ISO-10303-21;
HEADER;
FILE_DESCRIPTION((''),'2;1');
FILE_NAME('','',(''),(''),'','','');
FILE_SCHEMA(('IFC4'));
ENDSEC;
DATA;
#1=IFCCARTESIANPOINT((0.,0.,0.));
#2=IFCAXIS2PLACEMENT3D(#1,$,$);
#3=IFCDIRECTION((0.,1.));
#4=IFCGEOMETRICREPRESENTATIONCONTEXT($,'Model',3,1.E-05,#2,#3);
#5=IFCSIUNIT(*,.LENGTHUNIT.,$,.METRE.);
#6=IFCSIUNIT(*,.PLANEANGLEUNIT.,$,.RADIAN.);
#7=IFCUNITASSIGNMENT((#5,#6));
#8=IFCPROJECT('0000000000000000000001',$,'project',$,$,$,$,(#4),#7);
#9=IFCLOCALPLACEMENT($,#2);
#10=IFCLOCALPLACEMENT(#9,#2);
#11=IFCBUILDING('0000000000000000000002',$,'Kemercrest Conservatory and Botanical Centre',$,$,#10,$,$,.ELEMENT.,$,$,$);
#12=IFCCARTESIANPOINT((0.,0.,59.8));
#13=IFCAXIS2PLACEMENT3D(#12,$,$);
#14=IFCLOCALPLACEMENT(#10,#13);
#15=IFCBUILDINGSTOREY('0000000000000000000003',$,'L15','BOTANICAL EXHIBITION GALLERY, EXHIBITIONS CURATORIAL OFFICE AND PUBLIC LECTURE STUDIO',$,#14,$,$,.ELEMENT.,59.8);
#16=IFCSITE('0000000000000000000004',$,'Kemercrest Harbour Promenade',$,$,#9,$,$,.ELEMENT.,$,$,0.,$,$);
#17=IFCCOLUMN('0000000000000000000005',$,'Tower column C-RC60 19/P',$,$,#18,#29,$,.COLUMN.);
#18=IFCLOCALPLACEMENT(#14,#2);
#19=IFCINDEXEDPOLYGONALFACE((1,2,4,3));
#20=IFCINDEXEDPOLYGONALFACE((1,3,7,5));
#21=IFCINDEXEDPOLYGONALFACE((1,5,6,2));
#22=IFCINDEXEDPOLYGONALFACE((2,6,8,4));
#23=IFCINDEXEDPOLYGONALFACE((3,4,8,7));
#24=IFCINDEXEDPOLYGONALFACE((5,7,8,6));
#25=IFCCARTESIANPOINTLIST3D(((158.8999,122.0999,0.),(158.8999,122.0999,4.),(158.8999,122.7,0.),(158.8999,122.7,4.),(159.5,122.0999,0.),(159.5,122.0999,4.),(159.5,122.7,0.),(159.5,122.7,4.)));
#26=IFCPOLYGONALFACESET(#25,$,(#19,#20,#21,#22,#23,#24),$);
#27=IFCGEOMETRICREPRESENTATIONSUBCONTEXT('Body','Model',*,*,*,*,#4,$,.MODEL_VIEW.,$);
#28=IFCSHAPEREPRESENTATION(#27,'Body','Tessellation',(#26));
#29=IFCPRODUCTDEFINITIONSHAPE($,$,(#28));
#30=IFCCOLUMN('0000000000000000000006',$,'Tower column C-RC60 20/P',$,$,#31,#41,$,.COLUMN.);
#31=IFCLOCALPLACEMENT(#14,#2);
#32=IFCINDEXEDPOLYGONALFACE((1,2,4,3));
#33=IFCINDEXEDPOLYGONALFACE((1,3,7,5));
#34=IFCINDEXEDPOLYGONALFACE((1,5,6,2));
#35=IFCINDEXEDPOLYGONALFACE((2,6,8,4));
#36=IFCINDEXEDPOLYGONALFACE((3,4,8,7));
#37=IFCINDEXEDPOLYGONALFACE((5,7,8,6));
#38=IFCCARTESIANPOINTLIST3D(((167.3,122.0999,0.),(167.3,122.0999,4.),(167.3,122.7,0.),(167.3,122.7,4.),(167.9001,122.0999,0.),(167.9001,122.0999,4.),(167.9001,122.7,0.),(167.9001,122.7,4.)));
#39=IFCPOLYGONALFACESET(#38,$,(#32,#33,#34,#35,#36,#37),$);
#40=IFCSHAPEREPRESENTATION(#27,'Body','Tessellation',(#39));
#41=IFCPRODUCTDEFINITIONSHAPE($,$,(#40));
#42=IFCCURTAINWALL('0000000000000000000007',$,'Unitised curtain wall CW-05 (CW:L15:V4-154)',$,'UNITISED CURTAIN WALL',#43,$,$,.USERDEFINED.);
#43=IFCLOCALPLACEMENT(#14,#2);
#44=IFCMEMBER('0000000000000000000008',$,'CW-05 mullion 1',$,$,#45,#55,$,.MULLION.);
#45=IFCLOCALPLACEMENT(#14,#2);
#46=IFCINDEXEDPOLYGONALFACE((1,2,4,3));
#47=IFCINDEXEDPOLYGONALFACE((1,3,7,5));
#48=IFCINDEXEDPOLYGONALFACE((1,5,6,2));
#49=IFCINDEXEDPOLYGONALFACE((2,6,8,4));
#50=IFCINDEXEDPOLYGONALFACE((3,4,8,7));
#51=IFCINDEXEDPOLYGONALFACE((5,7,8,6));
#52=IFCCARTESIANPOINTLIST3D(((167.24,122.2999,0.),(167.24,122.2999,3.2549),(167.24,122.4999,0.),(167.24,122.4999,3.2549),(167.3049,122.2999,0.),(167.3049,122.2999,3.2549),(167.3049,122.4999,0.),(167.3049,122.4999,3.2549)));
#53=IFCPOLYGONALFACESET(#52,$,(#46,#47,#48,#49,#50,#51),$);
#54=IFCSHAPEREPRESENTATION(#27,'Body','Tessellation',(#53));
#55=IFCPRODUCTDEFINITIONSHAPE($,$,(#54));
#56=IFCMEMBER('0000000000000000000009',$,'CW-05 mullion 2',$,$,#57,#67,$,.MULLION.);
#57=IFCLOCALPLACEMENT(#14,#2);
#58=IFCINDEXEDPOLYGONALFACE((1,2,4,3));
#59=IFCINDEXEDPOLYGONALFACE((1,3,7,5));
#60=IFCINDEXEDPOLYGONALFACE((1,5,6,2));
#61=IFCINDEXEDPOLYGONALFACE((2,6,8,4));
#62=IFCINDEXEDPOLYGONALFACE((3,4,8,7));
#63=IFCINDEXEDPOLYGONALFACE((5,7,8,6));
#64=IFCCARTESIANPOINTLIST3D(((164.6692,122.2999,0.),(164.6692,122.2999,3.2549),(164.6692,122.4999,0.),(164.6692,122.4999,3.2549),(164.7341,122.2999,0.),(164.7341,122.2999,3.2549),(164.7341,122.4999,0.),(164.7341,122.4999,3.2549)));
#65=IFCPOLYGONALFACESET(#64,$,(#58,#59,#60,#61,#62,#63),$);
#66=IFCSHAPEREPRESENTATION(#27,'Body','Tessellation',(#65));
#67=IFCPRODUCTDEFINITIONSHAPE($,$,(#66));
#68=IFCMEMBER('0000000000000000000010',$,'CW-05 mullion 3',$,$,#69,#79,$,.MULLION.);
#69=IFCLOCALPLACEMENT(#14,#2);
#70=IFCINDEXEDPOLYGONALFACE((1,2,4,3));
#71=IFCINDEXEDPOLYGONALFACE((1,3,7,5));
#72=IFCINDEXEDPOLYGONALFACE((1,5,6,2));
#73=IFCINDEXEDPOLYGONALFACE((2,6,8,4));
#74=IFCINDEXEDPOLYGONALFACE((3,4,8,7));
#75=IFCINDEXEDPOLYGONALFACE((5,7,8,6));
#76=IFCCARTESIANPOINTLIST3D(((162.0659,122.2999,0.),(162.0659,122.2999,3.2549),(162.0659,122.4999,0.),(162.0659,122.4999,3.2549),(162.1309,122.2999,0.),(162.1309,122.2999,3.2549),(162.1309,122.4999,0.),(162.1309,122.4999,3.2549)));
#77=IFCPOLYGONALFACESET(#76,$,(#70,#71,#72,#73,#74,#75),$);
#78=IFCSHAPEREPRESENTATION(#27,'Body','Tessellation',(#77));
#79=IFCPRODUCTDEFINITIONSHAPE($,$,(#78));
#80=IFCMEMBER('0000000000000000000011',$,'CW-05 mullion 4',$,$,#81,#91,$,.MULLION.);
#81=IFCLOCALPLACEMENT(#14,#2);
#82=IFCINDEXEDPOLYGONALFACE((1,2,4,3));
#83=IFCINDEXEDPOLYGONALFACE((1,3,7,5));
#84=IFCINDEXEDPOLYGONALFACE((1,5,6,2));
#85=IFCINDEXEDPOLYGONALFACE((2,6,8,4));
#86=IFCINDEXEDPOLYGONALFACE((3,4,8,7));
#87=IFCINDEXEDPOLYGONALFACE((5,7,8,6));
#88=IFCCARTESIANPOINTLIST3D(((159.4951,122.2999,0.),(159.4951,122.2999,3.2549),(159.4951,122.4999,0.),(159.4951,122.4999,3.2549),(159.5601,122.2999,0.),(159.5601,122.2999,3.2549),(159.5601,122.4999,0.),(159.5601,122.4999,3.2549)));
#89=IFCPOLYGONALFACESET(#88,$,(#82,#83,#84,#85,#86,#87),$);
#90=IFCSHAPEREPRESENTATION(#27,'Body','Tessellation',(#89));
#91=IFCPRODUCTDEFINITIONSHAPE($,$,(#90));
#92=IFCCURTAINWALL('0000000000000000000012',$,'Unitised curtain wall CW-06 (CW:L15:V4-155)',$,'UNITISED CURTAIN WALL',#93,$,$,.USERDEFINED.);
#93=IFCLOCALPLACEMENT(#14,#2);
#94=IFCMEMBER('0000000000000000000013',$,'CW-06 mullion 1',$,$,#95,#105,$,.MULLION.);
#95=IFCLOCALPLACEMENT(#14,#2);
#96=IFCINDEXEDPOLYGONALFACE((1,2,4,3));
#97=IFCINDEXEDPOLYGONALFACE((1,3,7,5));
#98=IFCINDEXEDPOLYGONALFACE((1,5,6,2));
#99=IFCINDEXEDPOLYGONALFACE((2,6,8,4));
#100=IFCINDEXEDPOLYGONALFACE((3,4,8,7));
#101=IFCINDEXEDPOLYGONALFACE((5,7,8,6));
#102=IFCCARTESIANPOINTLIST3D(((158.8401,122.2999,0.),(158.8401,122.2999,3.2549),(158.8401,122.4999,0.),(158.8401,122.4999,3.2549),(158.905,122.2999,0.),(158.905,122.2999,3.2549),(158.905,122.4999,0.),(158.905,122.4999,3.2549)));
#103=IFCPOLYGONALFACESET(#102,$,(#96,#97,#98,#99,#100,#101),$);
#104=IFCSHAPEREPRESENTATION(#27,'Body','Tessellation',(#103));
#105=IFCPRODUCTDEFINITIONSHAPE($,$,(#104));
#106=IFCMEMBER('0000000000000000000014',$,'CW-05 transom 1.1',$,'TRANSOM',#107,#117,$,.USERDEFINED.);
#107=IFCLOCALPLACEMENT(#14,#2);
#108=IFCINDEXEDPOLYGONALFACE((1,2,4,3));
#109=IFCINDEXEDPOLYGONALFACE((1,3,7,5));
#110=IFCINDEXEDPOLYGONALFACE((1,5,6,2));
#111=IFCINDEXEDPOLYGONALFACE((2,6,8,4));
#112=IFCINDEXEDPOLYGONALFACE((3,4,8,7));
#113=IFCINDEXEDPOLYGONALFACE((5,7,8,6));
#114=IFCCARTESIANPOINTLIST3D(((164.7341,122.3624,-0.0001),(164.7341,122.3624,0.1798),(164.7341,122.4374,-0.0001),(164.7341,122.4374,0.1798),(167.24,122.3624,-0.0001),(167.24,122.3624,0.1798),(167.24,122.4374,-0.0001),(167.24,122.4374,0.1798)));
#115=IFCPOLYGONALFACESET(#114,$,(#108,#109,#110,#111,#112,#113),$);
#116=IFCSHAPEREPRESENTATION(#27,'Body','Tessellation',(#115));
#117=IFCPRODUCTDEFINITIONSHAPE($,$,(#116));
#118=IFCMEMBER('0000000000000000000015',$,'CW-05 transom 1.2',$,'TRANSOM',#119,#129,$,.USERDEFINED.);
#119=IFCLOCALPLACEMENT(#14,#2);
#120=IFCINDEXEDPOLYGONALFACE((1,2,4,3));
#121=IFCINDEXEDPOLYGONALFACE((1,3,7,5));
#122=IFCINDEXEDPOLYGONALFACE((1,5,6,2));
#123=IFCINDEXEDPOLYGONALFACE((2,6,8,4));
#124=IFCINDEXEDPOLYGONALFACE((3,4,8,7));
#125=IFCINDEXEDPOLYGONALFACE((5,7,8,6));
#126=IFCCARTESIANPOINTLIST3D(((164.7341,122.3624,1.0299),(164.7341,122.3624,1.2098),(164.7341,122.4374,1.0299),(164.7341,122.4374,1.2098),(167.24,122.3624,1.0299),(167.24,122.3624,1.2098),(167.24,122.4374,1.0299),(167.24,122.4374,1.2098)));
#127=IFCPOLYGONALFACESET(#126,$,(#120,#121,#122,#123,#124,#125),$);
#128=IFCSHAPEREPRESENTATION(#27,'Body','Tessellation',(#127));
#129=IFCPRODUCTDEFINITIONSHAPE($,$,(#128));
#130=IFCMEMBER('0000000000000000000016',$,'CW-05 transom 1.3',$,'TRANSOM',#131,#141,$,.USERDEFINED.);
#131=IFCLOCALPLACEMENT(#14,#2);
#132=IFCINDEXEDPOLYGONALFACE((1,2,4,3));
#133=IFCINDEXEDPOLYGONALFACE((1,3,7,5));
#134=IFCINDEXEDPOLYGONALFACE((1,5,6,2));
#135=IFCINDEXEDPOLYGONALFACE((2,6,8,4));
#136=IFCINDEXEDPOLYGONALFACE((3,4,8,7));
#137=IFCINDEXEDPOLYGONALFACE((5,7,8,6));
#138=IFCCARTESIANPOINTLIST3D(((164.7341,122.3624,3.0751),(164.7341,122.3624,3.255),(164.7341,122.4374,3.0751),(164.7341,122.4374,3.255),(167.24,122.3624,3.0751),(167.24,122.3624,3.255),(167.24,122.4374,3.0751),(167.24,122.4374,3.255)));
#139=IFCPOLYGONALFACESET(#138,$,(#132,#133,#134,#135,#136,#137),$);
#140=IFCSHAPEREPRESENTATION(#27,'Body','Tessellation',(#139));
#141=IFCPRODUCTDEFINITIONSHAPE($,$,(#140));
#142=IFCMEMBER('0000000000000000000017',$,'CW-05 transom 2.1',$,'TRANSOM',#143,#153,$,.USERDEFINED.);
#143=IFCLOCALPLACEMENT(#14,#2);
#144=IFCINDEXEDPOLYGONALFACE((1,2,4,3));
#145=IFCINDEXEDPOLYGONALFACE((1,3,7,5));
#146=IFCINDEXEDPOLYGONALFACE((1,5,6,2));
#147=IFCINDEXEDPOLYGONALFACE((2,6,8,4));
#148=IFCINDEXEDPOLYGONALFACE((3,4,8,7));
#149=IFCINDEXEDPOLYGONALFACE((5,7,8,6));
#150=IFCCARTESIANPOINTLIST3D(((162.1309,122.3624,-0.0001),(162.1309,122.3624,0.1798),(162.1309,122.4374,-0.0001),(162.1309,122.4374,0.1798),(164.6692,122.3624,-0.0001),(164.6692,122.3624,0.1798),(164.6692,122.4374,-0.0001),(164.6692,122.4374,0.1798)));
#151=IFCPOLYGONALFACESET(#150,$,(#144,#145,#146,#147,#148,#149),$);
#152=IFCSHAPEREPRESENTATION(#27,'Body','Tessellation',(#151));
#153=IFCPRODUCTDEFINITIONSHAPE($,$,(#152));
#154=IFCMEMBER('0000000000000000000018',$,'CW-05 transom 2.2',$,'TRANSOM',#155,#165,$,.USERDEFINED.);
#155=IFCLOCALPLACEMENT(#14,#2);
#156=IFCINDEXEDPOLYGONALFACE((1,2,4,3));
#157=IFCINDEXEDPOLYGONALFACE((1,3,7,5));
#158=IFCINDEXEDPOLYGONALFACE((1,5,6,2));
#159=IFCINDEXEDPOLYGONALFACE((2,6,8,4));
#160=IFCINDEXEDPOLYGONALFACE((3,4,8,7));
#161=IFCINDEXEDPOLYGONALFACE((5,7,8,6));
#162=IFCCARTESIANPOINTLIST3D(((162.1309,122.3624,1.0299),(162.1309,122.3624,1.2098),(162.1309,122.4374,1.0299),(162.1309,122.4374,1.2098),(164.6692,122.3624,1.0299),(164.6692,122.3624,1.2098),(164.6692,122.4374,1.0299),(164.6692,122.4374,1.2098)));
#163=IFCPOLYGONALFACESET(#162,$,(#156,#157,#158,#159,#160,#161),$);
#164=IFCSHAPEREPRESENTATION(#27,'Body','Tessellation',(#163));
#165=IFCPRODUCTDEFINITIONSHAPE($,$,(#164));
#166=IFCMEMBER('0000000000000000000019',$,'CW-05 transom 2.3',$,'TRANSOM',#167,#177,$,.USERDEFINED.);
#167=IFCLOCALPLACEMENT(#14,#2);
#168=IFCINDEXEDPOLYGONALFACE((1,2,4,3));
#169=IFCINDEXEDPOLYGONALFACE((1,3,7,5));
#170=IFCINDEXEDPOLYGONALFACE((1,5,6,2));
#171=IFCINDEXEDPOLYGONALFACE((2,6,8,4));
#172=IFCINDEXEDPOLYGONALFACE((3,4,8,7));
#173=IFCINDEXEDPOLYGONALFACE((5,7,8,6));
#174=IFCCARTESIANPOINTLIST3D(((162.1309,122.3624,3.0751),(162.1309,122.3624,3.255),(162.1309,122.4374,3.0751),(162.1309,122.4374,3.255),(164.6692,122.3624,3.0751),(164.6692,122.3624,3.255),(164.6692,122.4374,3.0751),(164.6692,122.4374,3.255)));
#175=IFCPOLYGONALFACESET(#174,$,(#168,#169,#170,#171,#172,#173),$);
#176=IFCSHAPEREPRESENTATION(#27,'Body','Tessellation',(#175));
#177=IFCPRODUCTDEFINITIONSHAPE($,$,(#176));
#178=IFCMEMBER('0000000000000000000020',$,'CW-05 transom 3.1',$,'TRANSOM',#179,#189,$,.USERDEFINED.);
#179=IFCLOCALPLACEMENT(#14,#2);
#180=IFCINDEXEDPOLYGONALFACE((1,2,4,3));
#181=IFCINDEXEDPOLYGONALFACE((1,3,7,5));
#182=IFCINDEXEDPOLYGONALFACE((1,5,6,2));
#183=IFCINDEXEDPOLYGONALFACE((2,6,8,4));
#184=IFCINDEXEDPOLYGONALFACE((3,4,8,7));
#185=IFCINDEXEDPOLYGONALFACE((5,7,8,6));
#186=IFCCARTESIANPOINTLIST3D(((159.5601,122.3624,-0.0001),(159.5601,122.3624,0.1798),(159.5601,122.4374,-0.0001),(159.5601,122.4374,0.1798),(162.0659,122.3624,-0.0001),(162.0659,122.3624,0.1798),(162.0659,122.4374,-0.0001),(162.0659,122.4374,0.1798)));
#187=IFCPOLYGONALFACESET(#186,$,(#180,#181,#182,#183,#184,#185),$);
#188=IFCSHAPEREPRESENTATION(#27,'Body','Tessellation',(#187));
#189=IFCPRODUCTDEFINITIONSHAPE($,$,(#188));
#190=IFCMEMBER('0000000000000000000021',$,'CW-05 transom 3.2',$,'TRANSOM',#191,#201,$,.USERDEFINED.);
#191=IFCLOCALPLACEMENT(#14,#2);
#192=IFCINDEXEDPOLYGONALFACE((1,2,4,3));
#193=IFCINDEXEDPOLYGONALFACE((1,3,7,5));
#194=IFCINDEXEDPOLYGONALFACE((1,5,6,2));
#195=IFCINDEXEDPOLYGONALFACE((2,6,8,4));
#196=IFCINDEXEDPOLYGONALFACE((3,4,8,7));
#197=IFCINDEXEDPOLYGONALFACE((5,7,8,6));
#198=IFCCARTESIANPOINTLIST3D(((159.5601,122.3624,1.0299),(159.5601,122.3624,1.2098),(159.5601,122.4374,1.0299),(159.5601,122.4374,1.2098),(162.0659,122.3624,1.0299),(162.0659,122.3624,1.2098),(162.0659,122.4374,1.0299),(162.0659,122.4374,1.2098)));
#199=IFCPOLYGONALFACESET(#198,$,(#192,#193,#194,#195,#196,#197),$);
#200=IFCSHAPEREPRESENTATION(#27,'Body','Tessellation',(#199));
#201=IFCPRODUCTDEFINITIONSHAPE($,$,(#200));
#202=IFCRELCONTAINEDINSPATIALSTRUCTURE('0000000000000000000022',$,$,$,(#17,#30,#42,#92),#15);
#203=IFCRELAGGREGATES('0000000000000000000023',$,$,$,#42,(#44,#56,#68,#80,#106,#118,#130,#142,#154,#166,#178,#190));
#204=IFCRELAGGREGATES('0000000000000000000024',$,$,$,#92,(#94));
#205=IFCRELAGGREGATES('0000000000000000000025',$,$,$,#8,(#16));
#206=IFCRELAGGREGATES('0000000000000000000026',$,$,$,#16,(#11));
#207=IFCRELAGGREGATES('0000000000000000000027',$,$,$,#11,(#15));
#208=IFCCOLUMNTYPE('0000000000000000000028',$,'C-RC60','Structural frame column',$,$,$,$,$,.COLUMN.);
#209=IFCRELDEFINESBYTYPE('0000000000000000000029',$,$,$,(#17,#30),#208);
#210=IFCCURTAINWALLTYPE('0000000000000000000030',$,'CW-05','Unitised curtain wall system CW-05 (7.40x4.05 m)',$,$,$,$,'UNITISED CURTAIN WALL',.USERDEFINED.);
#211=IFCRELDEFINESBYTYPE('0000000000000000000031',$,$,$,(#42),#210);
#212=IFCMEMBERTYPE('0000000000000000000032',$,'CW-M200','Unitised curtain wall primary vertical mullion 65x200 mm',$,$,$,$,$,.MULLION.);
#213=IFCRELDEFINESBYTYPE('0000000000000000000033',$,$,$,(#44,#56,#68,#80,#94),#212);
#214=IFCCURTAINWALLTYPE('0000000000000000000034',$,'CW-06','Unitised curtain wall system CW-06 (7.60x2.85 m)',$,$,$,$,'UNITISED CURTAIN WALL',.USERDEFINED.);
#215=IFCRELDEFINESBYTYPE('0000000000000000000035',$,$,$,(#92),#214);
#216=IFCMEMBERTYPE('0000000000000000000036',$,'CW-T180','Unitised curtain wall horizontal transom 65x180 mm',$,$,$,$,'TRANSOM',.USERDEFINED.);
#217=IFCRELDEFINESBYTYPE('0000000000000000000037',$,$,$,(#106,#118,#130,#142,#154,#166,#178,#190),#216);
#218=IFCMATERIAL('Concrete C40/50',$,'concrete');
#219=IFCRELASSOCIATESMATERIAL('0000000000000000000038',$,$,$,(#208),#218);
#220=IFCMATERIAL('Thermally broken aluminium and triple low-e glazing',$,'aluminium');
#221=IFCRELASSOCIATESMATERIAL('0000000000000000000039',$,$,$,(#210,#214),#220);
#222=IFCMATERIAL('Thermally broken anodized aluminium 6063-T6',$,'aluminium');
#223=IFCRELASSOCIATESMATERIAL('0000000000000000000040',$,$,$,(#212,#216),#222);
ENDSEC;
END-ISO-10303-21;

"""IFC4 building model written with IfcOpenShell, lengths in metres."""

from ifc_helpers import new_model, si_unit, direction, frame, origin, origin_2d, place, context, subcontext, project, spatial, rectangle, extrude, material, material_profile, profile_set, type_object, element, aggregate, save


model = new_model("IFC4")

# Units and contexts
model_context = context("Model", 3, precision=1e-05, world=origin(), true_north=direction((0.0, 1.0)))
body_context = subcontext(model_context, "Body", "Model", "MODEL_VIEW")
ifc_project = project(units=[si_unit("LENGTHUNIT", "METRE"), si_unit("PLANEANGLEUNIT", "RADIAN")], contexts=[model_context])

# Site, building, storey
site_placement = place(None, origin())
site = spatial("IfcSite", under=ifc_project, at=site_placement, Name="Kemercrest Harbour Promenade", CompositionType="ELEMENT", RefElevation=0.0)
building_placement = place(site_placement, origin())
building = spatial("IfcBuilding", under=site, at=building_placement, Name="Kemercrest Conservatory and Botanical Centre", CompositionType="ELEMENT")
storey_placement = place(building_placement, frame((0.0, 0.0, 59.8)))
storey = spatial("IfcBuildingStorey", under=building, at=storey_placement, Name="L15", Description="BOTANICAL EXHIBITION GALLERY, EXHIBITIONS CURATORIAL OFFICE AND PUBLIC LECTURE STUDIO", CompositionType="ELEMENT", Elevation=59.8)

# Columns
ifc_material_1 = material(Name="Concrete C40/50", Category="concrete")
ifc_material_profile_1 = material_profile(ifc_material_1, rectangle(XDim=0.6001, YDim=0.6001, at=origin_2d()), Name="RC 600x600")
ifc_profile_set_1 = profile_set([ifc_material_profile_1], Name="Concrete C40/50")
column_type = type_object("IfcColumnType", Name="C-RC60", Description="Structural frame column", PredefinedType="COLUMN", material=ifc_profile_set_1)
for number, where, z_axis, x_axis, name in (
    (1, (159.2, 122.3999, 0.0), (0.0, 0.0, 1.0), (1.0, 0.0, 0.0), "Tower column C-RC60 19/P"),
    (2, (167.6001, 122.3999, 0.0), (0.0, 0.0, 1.0), (1.0, 0.0, 0.0), "Tower column C-RC60 20/P"),
):
    element("IfcColumn", number, at=place(storey_placement, frame(where, z_axis=z_axis, x_axis=x_axis)), inside=storey, type_object=column_type, Name=name, PredefinedType="COLUMN", context=body_context, shape_type="SweptSolid", body=[
        extrude(rectangle(XDim=0.6001, YDim=0.6001, at=origin_2d()), origin(), (0.0, 0.0, 1.0), 4.0),
    ])

# Curtain wall, members
ifc_material_2 = material(Name="Thermally broken aluminium and triple low-e glazing", Category="aluminium")
curtain_wall_type_1 = type_object("IfcCurtainWallType", Name="CW-05", Description="Unitised curtain wall system CW-05 (7.40x4.05 m)", ElementType="UNITISED CURTAIN WALL", PredefinedType="USERDEFINED", material=ifc_material_2)
curtain_wall_1_placement = place(storey_placement, origin())
curtain_wall_1 = element("IfcCurtainWall", 3, at=curtain_wall_1_placement, inside=storey, type_object=curtain_wall_type_1, Name="Unitised curtain wall CW-05 (CW:L15:V4-154)", ObjectType="UNITISED CURTAIN WALL", PredefinedType="USERDEFINED")
ifc_material_3 = material(Name="Thermally broken anodized aluminium 6063-T6", Category="aluminium")
ifc_material_profile_2 = material_profile(ifc_material_3, rectangle(XDim=0.2, YDim=0.0649, at=origin_2d()), Name="AL MULLION 65x200")
ifc_profile_set_2 = profile_set([ifc_material_profile_2], Name="Thermally broken anodized aluminium 6063-T6")
member_type_1 = type_object("IfcMemberType", Name="CW-M200", Description="Unitised curtain wall primary vertical mullion 65x200 mm", PredefinedType="MULLION", material=ifc_profile_set_2)
member_1_placement = place(storey_placement, frame((167.2725, 122.3999, 0.0), z_axis=(0.0, 0.0, 1.0), x_axis=(0.0, -1.0, 0.0)))
member_1 = element("IfcMember", 4, at=member_1_placement, type_object=member_type_1, Name="CW-05 mullion 1", PredefinedType="MULLION", context=body_context, shape_type="SweptSolid", body=[
    extrude(rectangle(XDim=0.2, YDim=0.0649, at=origin_2d()), origin(), (0.0, 0.0, 1.0), 3.2549),
])
member_2_placement = place(storey_placement, frame((164.7017, 122.3999, 0.0), z_axis=(0.0, 0.0, 1.0), x_axis=(0.0, -1.0, 0.0)))
member_2 = element("IfcMember", 5, at=member_2_placement, type_object=member_type_1, Name="CW-05 mullion 2", PredefinedType="MULLION", context=body_context, shape_type="SweptSolid", body=[
    extrude(rectangle(XDim=0.2, YDim=0.0649, at=origin_2d()), origin(), (0.0, 0.0, 1.0), 3.2549),
])
member_3_placement = place(storey_placement, frame((162.0984, 122.3999, 0.0), z_axis=(0.0, 0.0, 1.0), x_axis=(0.0, -1.0, 0.0)))
member_3 = element("IfcMember", 6, at=member_3_placement, type_object=member_type_1, Name="CW-05 mullion 3", PredefinedType="MULLION", context=body_context, shape_type="SweptSolid", body=[
    extrude(rectangle(XDim=0.2, YDim=0.0649, at=origin_2d()), origin(), (0.0, 0.0, 1.0), 3.2549),
])
member_4_placement = place(storey_placement, frame((159.5276, 122.3999, 0.0), z_axis=(0.0, 0.0, 1.0), x_axis=(0.0, -1.0, 0.0)))
member_4 = element("IfcMember", 7, at=member_4_placement, type_object=member_type_1, Name="CW-05 mullion 4", PredefinedType="MULLION", context=body_context, shape_type="SweptSolid", body=[
    extrude(rectangle(XDim=0.2, YDim=0.0649, at=origin_2d()), origin(), (0.0, 0.0, 1.0), 3.2549),
])

# Curtain wall, member
curtain_wall_type_2 = type_object("IfcCurtainWallType", Name="CW-06", Description="Unitised curtain wall system CW-06 (7.60x2.85 m)", ElementType="UNITISED CURTAIN WALL", PredefinedType="USERDEFINED", material=ifc_material_2)
curtain_wall_2_placement = place(storey_placement, origin())
curtain_wall_2 = element("IfcCurtainWall", 8, at=curtain_wall_2_placement, inside=storey, type_object=curtain_wall_type_2, Name="Unitised curtain wall CW-06 (CW:L15:V4-155)", ObjectType="UNITISED CURTAIN WALL", PredefinedType="USERDEFINED")
member_5_placement = place(storey_placement, frame((158.8726, 122.3999, 0.0), z_axis=(0.0, 0.0, 1.0), x_axis=(0.0, -1.0, 0.0)))
member_5 = element("IfcMember", 9, at=member_5_placement, type_object=member_type_1, Name="CW-06 mullion 1", PredefinedType="MULLION", context=body_context, shape_type="SweptSolid", body=[
    extrude(rectangle(XDim=0.2, YDim=0.0649, at=origin_2d()), origin(), (0.0, 0.0, 1.0), 3.2549),
])

# Members
ifc_material_profile_3 = material_profile(ifc_material_3, rectangle(XDim=0.075, YDim=0.1799, at=origin_2d()), Name="AL TRANSOM 75x180")
ifc_profile_set_3 = profile_set([ifc_material_profile_3], Name="Thermally broken anodized aluminium 6063-T6")
member_type_2 = type_object("IfcMemberType", Name="CW-T180", Description="Unitised curtain wall horizontal transom 65x180 mm", ElementType="TRANSOM", PredefinedType="USERDEFINED", material=ifc_profile_set_3)
member_6_placement = place(storey_placement, frame((167.24, 122.3999, 0.0898), z_axis=(-1.0, 0.0, 0.0), x_axis=(0.0, -1.0, 0.0)))
member_6 = element("IfcMember", 10, at=member_6_placement, type_object=member_type_2, Name="CW-05 transom 1.1", ObjectType="TRANSOM", PredefinedType="USERDEFINED", context=body_context, shape_type="SweptSolid", body=[
    extrude(rectangle(XDim=0.075, YDim=0.1799, at=origin_2d()), origin(), (0.0, 0.0, 1.0), 2.5059),
])
member_7_placement = place(storey_placement, frame((167.24, 122.3999, 1.1199), z_axis=(-1.0, 0.0, 0.0), x_axis=(0.0, -1.0, 0.0)))
member_7 = element("IfcMember", 11, at=member_7_placement, type_object=member_type_2, Name="CW-05 transom 1.2", ObjectType="TRANSOM", PredefinedType="USERDEFINED", context=body_context, shape_type="SweptSolid", body=[
    extrude(rectangle(XDim=0.075, YDim=0.1799, at=origin_2d()), origin(), (0.0, 0.0, 1.0), 2.5059),
])
member_8_placement = place(storey_placement, frame((167.24, 122.3999, 3.165), z_axis=(-1.0, 0.0, 0.0), x_axis=(0.0, -1.0, 0.0)))
member_8 = element("IfcMember", 12, at=member_8_placement, type_object=member_type_2, Name="CW-05 transom 1.3", ObjectType="TRANSOM", PredefinedType="USERDEFINED", context=body_context, shape_type="SweptSolid", body=[
    extrude(rectangle(XDim=0.075, YDim=0.1799, at=origin_2d()), origin(), (0.0, 0.0, 1.0), 2.5059),
])
member_9_placement = place(storey_placement, frame((164.6692, 122.3999, 0.0898), z_axis=(-1.0, 0.0, 0.0), x_axis=(0.0, -1.0, 0.0)))
member_9 = element("IfcMember", 13, at=member_9_placement, type_object=member_type_2, Name="CW-05 transom 2.1", ObjectType="TRANSOM", PredefinedType="USERDEFINED", context=body_context, shape_type="SweptSolid", body=[
    extrude(rectangle(XDim=0.075, YDim=0.1799, at=origin_2d()), origin(), (0.0, 0.0, 1.0), 2.5383),
])
member_10_placement = place(storey_placement, frame((164.6692, 122.3999, 1.1199), z_axis=(-1.0, 0.0, 0.0), x_axis=(0.0, -1.0, 0.0)))
member_10 = element("IfcMember", 14, at=member_10_placement, type_object=member_type_2, Name="CW-05 transom 2.2", ObjectType="TRANSOM", PredefinedType="USERDEFINED", context=body_context, shape_type="SweptSolid", body=[
    extrude(rectangle(XDim=0.075, YDim=0.1799, at=origin_2d()), origin(), (0.0, 0.0, 1.0), 2.5383),
])
member_11_placement = place(storey_placement, frame((164.6692, 122.3999, 3.165), z_axis=(-1.0, 0.0, 0.0), x_axis=(0.0, -1.0, 0.0)))
member_11 = element("IfcMember", 15, at=member_11_placement, type_object=member_type_2, Name="CW-05 transom 2.3", ObjectType="TRANSOM", PredefinedType="USERDEFINED", context=body_context, shape_type="SweptSolid", body=[
    extrude(rectangle(XDim=0.075, YDim=0.1799, at=origin_2d()), origin(), (0.0, 0.0, 1.0), 2.5383),
])
member_12_placement = place(storey_placement, frame((162.0659, 122.3999, 0.0898), z_axis=(-1.0, 0.0, 0.0), x_axis=(0.0, -1.0, 0.0)))
member_12 = element("IfcMember", 16, at=member_12_placement, type_object=member_type_2, Name="CW-05 transom 3.1", ObjectType="TRANSOM", PredefinedType="USERDEFINED", context=body_context, shape_type="SweptSolid", body=[
    extrude(rectangle(XDim=0.075, YDim=0.1799, at=origin_2d()), origin(), (0.0, 0.0, 1.0), 2.5059),
])
member_13_placement = place(storey_placement, frame((162.0659, 122.3999, 1.1199), z_axis=(-1.0, 0.0, 0.0), x_axis=(0.0, -1.0, 0.0)))
member_13 = element("IfcMember", 17, at=member_13_placement, type_object=member_type_2, Name="CW-05 transom 3.2", ObjectType="TRANSOM", PredefinedType="USERDEFINED", context=body_context, shape_type="SweptSolid", body=[
    extrude(rectangle(XDim=0.075, YDim=0.1799, at=origin_2d()), origin(), (0.0, 0.0, 1.0), 2.5059),
])

aggregate(curtain_wall_1, [member_1, member_2, member_3, member_4, member_6, member_7, member_8, member_9, member_10, member_11, member_12, member_13])
aggregate(curtain_wall_2, [member_5])

save(model, "model.ifc")
